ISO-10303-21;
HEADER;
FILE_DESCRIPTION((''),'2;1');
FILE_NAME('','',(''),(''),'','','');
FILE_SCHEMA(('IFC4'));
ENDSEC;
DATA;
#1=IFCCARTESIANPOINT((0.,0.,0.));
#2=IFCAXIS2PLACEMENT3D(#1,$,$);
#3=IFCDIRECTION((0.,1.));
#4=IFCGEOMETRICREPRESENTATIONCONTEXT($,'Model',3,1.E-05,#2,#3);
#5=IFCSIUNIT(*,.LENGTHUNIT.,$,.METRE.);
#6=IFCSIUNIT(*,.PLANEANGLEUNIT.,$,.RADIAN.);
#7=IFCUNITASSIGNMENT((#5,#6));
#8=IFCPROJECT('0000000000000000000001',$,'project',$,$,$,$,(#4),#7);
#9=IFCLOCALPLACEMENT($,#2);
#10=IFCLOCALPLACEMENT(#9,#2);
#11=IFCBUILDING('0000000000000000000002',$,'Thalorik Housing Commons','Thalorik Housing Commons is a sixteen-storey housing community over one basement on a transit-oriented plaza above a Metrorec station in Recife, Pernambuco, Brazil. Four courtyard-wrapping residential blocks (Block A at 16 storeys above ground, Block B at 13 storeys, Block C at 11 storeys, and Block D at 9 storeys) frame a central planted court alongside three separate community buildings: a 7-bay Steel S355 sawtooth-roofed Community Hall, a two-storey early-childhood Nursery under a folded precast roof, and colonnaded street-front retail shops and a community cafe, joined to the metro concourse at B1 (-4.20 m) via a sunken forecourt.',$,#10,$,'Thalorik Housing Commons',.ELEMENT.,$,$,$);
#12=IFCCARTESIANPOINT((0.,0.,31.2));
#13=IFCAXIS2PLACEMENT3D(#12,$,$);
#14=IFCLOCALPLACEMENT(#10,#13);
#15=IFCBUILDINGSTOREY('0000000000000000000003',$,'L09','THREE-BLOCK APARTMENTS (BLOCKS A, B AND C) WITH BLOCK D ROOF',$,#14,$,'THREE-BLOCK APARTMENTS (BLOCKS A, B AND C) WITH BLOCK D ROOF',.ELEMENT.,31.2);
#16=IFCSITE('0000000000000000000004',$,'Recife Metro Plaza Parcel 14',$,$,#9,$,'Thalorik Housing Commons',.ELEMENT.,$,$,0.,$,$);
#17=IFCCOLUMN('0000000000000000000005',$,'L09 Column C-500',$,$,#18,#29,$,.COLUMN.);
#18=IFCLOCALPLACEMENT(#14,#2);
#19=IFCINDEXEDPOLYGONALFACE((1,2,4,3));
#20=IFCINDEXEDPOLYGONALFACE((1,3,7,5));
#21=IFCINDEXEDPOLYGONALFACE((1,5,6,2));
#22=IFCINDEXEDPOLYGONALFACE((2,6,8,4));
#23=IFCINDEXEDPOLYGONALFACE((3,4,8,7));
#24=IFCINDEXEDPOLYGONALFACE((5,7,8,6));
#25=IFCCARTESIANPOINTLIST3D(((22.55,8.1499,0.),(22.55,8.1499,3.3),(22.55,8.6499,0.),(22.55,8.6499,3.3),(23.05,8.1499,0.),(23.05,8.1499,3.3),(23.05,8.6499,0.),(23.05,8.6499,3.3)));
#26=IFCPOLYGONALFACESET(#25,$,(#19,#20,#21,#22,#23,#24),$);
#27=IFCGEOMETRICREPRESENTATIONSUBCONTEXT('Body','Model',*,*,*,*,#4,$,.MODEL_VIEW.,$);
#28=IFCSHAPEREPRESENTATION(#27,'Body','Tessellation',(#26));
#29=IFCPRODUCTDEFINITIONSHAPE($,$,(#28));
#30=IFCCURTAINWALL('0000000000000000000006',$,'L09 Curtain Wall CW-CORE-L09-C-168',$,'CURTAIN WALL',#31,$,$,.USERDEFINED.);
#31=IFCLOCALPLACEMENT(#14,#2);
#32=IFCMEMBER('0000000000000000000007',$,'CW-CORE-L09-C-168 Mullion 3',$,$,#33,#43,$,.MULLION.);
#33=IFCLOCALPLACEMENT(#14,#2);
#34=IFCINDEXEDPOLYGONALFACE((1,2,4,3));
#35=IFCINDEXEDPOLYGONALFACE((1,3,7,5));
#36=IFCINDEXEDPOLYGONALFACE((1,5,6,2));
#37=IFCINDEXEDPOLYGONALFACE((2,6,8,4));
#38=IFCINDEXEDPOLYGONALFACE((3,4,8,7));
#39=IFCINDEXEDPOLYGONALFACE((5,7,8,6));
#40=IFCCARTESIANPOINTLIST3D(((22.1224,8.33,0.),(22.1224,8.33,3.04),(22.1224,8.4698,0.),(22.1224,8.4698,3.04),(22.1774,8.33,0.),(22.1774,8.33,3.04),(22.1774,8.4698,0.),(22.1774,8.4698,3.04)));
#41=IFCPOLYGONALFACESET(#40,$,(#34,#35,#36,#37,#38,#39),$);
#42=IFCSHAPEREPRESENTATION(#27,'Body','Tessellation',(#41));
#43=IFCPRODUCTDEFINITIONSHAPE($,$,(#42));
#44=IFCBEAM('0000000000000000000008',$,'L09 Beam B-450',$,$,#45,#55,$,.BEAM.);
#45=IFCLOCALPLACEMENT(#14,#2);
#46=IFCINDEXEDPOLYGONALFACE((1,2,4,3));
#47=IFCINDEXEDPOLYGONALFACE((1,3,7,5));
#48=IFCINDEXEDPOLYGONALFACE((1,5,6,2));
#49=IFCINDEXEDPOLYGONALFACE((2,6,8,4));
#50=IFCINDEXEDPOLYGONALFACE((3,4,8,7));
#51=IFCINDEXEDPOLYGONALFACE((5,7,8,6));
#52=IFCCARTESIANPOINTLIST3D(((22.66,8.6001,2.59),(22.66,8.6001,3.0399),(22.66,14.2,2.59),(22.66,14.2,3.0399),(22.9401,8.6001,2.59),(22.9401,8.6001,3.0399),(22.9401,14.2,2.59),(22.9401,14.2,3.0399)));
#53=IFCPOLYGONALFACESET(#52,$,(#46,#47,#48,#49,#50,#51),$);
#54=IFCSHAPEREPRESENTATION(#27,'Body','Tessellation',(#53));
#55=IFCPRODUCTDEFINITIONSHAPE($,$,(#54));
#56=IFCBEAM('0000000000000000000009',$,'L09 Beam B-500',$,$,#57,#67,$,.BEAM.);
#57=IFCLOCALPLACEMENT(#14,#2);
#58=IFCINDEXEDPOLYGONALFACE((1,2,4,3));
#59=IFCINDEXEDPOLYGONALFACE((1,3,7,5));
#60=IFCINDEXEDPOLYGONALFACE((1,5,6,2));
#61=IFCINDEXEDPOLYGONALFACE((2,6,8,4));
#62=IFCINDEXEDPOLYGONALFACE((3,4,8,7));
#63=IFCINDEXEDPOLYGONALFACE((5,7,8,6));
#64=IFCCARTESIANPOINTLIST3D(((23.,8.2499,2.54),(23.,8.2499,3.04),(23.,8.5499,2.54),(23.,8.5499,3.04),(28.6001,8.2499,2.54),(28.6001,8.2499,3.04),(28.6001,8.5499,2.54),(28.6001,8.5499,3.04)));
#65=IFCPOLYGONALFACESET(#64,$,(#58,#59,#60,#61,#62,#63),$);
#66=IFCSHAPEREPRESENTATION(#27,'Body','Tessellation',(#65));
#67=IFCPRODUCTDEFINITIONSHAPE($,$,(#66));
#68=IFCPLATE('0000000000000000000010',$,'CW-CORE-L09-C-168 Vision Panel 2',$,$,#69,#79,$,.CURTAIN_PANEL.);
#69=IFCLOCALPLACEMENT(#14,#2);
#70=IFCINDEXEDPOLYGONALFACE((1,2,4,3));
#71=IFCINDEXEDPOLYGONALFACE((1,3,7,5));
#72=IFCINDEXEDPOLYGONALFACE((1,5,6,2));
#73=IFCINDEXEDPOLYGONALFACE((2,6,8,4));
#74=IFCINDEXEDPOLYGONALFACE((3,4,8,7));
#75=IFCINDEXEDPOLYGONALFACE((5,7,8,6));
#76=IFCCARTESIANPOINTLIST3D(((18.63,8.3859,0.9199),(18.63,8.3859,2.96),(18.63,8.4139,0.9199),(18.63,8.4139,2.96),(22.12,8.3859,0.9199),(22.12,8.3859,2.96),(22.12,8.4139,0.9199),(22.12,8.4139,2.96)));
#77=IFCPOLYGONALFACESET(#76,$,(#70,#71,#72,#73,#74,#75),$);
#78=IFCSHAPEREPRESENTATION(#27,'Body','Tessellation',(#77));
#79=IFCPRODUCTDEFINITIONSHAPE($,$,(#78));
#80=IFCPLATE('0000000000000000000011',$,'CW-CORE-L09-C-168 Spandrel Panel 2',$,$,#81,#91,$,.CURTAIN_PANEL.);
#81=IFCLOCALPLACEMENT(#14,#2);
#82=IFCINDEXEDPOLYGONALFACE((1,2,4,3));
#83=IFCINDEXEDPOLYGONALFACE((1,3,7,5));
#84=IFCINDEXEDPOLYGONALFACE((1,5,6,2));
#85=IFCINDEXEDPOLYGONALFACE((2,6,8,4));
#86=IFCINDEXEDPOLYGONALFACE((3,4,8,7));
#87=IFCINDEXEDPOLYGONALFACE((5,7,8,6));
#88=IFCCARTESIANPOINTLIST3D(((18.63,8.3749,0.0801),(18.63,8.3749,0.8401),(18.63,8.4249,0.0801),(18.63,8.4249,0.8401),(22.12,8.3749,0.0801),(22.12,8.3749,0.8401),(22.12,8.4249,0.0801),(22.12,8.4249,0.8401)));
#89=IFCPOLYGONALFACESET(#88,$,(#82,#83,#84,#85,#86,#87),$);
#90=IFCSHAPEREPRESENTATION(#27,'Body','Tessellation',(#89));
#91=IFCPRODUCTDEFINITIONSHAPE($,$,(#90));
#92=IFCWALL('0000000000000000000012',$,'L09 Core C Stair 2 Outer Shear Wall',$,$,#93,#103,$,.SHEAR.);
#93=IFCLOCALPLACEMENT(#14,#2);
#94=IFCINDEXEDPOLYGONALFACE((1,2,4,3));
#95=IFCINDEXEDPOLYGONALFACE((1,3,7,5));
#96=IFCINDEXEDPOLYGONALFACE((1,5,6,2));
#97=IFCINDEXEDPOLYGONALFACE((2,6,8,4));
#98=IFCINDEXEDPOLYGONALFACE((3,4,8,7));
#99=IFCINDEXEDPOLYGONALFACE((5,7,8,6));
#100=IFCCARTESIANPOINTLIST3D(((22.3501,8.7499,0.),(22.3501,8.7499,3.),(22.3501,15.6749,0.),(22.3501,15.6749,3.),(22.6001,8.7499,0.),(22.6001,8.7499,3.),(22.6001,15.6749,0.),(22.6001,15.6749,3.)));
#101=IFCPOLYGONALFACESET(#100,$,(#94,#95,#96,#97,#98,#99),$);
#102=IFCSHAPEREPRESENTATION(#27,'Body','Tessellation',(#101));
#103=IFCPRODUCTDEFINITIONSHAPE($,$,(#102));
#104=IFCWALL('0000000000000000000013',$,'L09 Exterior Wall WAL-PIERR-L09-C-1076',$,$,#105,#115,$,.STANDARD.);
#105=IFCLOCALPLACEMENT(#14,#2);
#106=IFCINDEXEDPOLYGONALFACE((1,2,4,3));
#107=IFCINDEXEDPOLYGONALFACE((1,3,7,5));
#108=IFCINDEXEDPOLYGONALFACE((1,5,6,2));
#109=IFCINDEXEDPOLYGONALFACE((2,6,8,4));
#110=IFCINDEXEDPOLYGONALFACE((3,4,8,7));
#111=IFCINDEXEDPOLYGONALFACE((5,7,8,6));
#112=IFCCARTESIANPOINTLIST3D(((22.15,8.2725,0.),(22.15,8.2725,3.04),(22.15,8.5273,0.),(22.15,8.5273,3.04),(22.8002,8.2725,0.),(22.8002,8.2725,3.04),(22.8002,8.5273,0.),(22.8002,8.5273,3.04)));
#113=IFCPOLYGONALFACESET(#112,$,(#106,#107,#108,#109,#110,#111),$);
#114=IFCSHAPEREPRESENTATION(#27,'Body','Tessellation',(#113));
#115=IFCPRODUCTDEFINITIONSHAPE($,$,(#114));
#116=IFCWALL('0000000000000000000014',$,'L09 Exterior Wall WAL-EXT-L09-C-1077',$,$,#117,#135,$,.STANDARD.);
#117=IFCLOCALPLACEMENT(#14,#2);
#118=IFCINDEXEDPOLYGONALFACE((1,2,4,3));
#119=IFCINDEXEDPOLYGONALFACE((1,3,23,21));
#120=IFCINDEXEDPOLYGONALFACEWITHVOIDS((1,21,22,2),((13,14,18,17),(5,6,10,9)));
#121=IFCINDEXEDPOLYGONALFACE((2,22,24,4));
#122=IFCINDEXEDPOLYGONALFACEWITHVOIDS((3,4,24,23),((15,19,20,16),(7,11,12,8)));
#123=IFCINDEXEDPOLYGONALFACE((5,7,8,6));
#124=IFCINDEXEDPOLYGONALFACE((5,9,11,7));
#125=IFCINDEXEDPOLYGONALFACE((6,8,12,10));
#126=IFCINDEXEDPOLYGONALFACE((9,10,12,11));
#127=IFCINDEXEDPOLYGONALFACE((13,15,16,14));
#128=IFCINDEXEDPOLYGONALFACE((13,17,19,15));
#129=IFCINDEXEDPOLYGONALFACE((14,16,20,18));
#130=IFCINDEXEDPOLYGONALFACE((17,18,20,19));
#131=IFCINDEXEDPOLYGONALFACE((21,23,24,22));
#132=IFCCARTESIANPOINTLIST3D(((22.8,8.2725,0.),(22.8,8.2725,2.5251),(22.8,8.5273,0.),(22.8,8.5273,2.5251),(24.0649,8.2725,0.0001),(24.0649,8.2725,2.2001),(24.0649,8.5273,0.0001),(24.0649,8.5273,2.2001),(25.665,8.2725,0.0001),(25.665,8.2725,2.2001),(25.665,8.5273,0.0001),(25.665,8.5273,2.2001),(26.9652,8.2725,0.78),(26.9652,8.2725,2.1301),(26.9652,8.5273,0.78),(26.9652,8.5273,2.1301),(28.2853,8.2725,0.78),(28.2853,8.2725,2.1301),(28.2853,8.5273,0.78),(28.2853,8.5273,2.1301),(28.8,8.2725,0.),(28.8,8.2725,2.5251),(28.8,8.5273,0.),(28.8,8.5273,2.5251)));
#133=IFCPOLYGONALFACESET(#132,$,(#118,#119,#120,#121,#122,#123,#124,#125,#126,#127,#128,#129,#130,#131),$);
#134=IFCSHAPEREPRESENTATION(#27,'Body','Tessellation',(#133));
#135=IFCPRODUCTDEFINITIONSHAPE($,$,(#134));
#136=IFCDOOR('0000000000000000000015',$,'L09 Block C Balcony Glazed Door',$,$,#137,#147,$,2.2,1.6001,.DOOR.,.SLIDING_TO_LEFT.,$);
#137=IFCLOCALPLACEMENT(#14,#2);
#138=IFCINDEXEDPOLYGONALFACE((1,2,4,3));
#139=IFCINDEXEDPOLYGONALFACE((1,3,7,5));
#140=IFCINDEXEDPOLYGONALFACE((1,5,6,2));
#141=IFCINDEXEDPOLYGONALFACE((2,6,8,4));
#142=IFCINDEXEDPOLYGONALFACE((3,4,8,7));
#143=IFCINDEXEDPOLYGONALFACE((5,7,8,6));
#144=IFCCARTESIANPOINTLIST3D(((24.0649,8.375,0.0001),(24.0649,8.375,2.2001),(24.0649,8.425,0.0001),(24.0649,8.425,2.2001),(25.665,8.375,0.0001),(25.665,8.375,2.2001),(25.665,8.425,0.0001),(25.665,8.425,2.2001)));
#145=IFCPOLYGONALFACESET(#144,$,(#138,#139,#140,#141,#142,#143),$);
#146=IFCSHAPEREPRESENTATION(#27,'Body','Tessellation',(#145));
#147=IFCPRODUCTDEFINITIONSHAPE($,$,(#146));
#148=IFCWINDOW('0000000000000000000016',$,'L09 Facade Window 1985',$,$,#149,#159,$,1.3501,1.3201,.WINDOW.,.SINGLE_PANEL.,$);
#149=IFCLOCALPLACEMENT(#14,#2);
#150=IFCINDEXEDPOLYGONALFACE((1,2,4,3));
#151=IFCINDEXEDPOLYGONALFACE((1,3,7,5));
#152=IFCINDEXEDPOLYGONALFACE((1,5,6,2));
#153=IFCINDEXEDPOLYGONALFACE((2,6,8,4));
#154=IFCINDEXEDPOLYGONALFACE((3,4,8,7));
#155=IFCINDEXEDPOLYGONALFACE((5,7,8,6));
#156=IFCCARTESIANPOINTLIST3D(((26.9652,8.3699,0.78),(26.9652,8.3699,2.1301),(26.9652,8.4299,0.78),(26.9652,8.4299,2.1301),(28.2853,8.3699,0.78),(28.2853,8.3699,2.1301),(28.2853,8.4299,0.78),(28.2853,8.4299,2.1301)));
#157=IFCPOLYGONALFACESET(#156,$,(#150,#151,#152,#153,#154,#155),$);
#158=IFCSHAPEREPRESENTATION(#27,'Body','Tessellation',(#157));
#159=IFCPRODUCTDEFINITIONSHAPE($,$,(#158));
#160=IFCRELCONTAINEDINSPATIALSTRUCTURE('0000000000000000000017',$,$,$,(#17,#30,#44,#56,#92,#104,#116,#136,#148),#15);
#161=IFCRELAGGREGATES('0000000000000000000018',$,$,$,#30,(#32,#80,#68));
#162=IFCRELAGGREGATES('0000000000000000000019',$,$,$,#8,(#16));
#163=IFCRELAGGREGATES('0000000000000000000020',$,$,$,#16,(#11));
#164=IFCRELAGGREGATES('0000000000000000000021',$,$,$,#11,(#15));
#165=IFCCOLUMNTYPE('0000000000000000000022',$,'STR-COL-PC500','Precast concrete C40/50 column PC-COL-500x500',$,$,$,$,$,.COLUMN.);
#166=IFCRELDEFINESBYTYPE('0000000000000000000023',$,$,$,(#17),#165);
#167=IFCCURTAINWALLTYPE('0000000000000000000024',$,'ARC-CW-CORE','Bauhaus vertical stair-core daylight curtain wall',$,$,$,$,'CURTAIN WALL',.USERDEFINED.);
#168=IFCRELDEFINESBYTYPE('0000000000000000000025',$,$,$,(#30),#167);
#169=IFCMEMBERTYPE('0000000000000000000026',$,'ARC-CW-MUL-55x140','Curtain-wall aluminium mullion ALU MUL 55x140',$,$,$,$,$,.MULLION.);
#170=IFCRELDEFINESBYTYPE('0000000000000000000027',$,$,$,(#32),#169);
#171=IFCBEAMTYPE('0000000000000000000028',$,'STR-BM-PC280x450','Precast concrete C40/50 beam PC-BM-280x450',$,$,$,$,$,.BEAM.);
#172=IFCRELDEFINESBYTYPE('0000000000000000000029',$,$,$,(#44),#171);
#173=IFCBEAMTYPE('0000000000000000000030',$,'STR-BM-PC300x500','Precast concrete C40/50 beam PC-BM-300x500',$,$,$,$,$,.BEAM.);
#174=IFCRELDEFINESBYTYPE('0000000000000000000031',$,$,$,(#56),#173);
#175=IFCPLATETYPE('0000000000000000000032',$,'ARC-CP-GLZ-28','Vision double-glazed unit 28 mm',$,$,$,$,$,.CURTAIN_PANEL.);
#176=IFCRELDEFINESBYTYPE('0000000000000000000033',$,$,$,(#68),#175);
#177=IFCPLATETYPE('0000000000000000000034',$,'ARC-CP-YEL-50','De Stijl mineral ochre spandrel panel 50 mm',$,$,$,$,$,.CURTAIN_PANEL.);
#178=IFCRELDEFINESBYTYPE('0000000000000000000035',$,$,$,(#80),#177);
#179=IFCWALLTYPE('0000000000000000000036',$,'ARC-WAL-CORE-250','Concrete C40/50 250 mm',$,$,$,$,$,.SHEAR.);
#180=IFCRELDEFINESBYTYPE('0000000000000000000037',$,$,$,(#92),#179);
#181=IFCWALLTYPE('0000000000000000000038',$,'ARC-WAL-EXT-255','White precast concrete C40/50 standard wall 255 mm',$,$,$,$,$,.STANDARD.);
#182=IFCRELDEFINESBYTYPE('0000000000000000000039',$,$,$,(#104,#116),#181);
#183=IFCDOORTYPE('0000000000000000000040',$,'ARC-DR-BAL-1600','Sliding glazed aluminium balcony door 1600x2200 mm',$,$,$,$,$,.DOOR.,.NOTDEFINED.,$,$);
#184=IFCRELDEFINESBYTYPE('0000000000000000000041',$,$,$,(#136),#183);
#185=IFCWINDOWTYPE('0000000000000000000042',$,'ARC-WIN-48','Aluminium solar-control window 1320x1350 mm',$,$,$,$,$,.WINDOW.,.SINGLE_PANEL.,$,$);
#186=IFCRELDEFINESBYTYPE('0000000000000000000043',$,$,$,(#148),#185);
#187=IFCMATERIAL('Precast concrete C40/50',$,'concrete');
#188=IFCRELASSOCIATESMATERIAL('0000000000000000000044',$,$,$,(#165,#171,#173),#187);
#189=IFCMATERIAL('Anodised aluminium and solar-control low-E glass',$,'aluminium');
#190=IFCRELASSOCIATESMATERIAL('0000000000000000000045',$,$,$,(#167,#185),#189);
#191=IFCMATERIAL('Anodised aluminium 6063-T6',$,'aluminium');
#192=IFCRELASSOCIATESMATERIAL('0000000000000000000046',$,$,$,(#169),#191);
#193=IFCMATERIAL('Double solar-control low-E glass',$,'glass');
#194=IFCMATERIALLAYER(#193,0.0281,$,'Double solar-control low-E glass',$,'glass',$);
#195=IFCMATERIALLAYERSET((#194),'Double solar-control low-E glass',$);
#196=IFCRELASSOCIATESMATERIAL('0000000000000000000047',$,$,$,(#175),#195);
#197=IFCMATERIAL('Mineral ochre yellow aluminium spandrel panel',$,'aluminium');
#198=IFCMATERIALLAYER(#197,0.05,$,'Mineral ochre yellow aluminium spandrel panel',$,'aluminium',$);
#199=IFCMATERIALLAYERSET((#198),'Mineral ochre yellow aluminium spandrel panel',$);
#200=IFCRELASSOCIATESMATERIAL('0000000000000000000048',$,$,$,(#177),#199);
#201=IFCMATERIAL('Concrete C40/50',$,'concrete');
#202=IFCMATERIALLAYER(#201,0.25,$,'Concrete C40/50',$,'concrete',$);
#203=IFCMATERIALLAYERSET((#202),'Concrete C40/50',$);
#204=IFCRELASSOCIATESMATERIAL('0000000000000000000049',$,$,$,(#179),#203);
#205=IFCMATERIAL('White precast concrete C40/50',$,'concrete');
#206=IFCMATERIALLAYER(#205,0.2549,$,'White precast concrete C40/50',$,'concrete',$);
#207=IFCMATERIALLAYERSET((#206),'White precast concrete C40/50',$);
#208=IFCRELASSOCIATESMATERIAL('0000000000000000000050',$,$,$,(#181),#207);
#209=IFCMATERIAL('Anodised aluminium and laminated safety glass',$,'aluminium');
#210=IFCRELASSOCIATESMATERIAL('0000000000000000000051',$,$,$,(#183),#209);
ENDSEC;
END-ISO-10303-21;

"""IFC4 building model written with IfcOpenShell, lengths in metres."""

from ifc_helpers import new_model, si_unit, direction, frame, frame_2d, origin, origin_2d, place, context, subcontext, project, spatial, rectangle, extrude, material, layer, layer_set, material_profile, profile_set, type_object, element, fill, aggregate, save


model = new_model("IFC4")

# Units and contexts
model_context = context("Model", 3, precision=1e-05, world=origin(), true_north=direction((0.0, 1.0)))
body_context = subcontext(model_context, "Body", "Model", "MODEL_VIEW")
ifc_project = project(units=[si_unit("LENGTHUNIT", "METRE"), si_unit("PLANEANGLEUNIT", "RADIAN")], contexts=[model_context])

# Site, building, storey
site_placement = place(None, origin())
site = spatial("IfcSite", under=ifc_project, at=site_placement, Name="Recife Metro Plaza Parcel 14", LongName="Thalorik Housing Commons", CompositionType="ELEMENT", RefElevation=0.0)
building_placement = place(site_placement, origin())
building = spatial("IfcBuilding", under=site, at=building_placement, Name="Thalorik Housing Commons", Description="Thalorik Housing Commons is a sixteen-storey housing community over one basement on a transit-oriented plaza above a Metrorec station in Recife, Pernambuco, Brazil. Four courtyard-wrapping residential blocks (Block A at 16 storeys above ground, Block B at 13 storeys, Block C at 11 storeys, and Block D at 9 storeys) frame a central planted court alongside three separate community buildings: a 7-bay Steel S355 sawtooth-roofed Community Hall, a two-storey early-childhood Nursery under a folded precast roof, and colonnaded street-front retail shops and a community cafe, joined to the metro concourse at B1 (-4.20 m) via a sunken forecourt.", LongName="Thalorik Housing Commons", CompositionType="ELEMENT")
storey_placement = place(building_placement, frame((0.0, 0.0, 31.2)))
storey = spatial("IfcBuildingStorey", under=building, at=storey_placement, Name="L09", Description="THREE-BLOCK APARTMENTS (BLOCKS A, B AND C) WITH BLOCK D ROOF", LongName="THREE-BLOCK APARTMENTS (BLOCKS A, B AND C) WITH BLOCK D ROOF", CompositionType="ELEMENT", Elevation=31.2)

# Column
ifc_material_1 = material(Name="Precast concrete C40/50", Category="concrete")
ifc_material_profile_1 = material_profile(ifc_material_1, rectangle(XDim=0.5, YDim=0.5, at=origin_2d()), Name="PC 500x500", Category="concrete")
ifc_profile_set_1 = profile_set([ifc_material_profile_1], Name="Precast concrete C40/50")
column_type = type_object("IfcColumnType", Name="STR-COL-PC500", Description="Precast concrete C40/50 column PC-COL-500x500", PredefinedType="COLUMN", material=ifc_profile_set_1)
column_placement = place(storey_placement, frame((22.8, 8.3999, 0.0), z_axis=(0.0, 0.0, 1.0), x_axis=(1.0, 0.0, 0.0)))
element("IfcColumn", 1, at=column_placement, inside=storey, type_object=column_type, Name="L09 Column C-500", PredefinedType="COLUMN", context=body_context, shape_type="SweptSolid", body=[
    extrude(rectangle(XDim=0.5, YDim=0.5, at=origin_2d()), origin(), (0.0, 0.0, 1.0), 3.3),
])

# Curtain wall, member
ifc_material_2 = material(Name="Anodised aluminium and solar-control low-E glass", Category="aluminium")
curtain_wall_type = type_object("IfcCurtainWallType", Name="ARC-CW-CORE", Description="Bauhaus vertical stair-core daylight curtain wall", ElementType="CURTAIN WALL", PredefinedType="USERDEFINED", material=ifc_material_2)
curtain_wall_placement = place(storey_placement, origin())
curtain_wall = element("IfcCurtainWall", 2, at=curtain_wall_placement, inside=storey, type_object=curtain_wall_type, Name="L09 Curtain Wall CW-CORE-L09-C-168", ObjectType="CURTAIN WALL", PredefinedType="USERDEFINED")
ifc_material_3 = material(Name="Anodised aluminium 6063-T6", Category="aluminium")
ifc_material_profile_2 = material_profile(ifc_material_3, rectangle(XDim=0.0549, YDim=0.1399, at=origin_2d()), Name="ALU MUL 55x140", Category="aluminium")
ifc_profile_set_2 = profile_set([ifc_material_profile_2], Name="Anodised aluminium 6063-T6")
member_type = type_object("IfcMemberType", Name="ARC-CW-MUL-55x140", Description="Curtain-wall aluminium mullion ALU MUL 55x140", PredefinedType="MULLION", material=ifc_profile_set_2)
member_placement = place(storey_placement, frame((22.1499, 8.3999, 0.0), z_axis=(0.0, 0.0, 1.0), x_axis=(1.0, 0.0, 0.0)))
member = element("IfcMember", 3, at=member_placement, type_object=member_type, Name="CW-CORE-L09-C-168 Mullion 3", PredefinedType="MULLION", context=body_context, shape_type="SweptSolid", body=[
    extrude(rectangle(XDim=0.0549, YDim=0.1399, at=origin_2d()), origin(), (0.0, 0.0, 1.0), 3.04),
])

# Beams
ifc_material_profile_3 = material_profile(ifc_material_1, rectangle(XDim=0.28, YDim=0.45, at=origin_2d()), Name="PC 280x450", Category="concrete")
ifc_profile_set_3 = profile_set([ifc_material_profile_3], Name="Precast concrete C40/50")
beam_type_1 = type_object("IfcBeamType", Name="STR-BM-PC280x450", Description="Precast concrete C40/50 beam PC-BM-280x450", PredefinedType="BEAM", material=ifc_profile_set_3)
beam_1_placement = place(storey_placement, frame((22.8, 8.6001, 2.8149), z_axis=(0.0, 1.0, 0.0), x_axis=(-1.0, 0.0, 0.0)))
element("IfcBeam", 4, at=beam_1_placement, inside=storey, type_object=beam_type_1, Name="L09 Beam B-450", PredefinedType="BEAM", context=body_context, shape_type="SweptSolid", body=[
    extrude(rectangle(XDim=0.28, YDim=0.45, at=origin_2d()), origin(), (0.0, 0.0, 1.0), 5.5999),
])
ifc_material_profile_4 = material_profile(ifc_material_1, rectangle(XDim=0.3, YDim=0.5, at=origin_2d()), Name="PC 300x500", Category="concrete")
ifc_profile_set_4 = profile_set([ifc_material_profile_4], Name="Precast concrete C40/50")
beam_type_2 = type_object("IfcBeamType", Name="STR-BM-PC300x500", Description="Precast concrete C40/50 beam PC-BM-300x500", PredefinedType="BEAM", material=ifc_profile_set_4)
beam_2_placement = place(storey_placement, frame((23.0, 8.3999, 2.79), z_axis=(1.0, 0.0, 0.0), x_axis=(0.0, 1.0, 0.0)))
element("IfcBeam", 5, at=beam_2_placement, inside=storey, type_object=beam_type_2, Name="L09 Beam B-500", PredefinedType="BEAM", context=body_context, shape_type="SweptSolid", body=[
    extrude(rectangle(XDim=0.3, YDim=0.5, at=origin_2d()), origin(), (0.0, 0.0, 1.0), 5.6001),
])

# Plates
ifc_material_4 = material(Name="Double solar-control low-E glass", Category="glass")
ifc_layer_1 = layer(ifc_material_4, 0.0281, Name="Double solar-control low-E glass", Category="glass")
ifc_layer_set_1 = layer_set([ifc_layer_1], Name="Double solar-control low-E glass")
plate_type_1 = type_object("IfcPlateType", Name="ARC-CP-GLZ-28", Description="Vision double-glazed unit 28 mm", PredefinedType="CURTAIN_PANEL", material=ifc_layer_set_1)
plate_1_placement = place(storey_placement, frame((20.375, 8.3999, 0.9199), z_axis=(0.0, 0.0, 1.0), x_axis=(1.0, 0.0, 0.0)))
plate_1 = element("IfcPlate", 6, at=plate_1_placement, type_object=plate_type_1, Name="CW-CORE-L09-C-168 Vision Panel 2", PredefinedType="CURTAIN_PANEL", context=body_context, shape_type="SweptSolid", body=[
    extrude(rectangle(XDim=3.49, YDim=0.0281, at=origin_2d()), origin(), (0.0, 0.0, 1.0), 2.04),
])
ifc_material_5 = material(Name="Mineral ochre yellow aluminium spandrel panel", Category="aluminium")
ifc_layer_2 = layer(ifc_material_5, 0.05, Name="Mineral ochre yellow aluminium spandrel panel", Category="aluminium")
ifc_layer_set_2 = layer_set([ifc_layer_2], Name="Mineral ochre yellow aluminium spandrel panel")
plate_type_2 = type_object("IfcPlateType", Name="ARC-CP-YEL-50", Description="De Stijl mineral ochre spandrel panel 50 mm", PredefinedType="CURTAIN_PANEL", material=ifc_layer_set_2)
plate_2_placement = place(storey_placement, frame((20.375, 8.3999, 0.0801), z_axis=(0.0, 0.0, 1.0), x_axis=(1.0, 0.0, 0.0)))
plate_2 = element("IfcPlate", 7, at=plate_2_placement, type_object=plate_type_2, Name="CW-CORE-L09-C-168 Spandrel Panel 2", PredefinedType="CURTAIN_PANEL", context=body_context, shape_type="SweptSolid", body=[
    extrude(rectangle(XDim=3.49, YDim=0.05, at=origin_2d()), origin(), (0.0, 0.0, 1.0), 0.76),
])
aggregate(curtain_wall, [member, plate_2, plate_1])

# Walls
ifc_material_6 = material(Name="Concrete C40/50", Category="concrete")
ifc_layer_3 = layer(ifc_material_6, 0.25, Name="Concrete C40/50", Category="concrete")
ifc_layer_set_3 = layer_set([ifc_layer_3], Name="Concrete C40/50")
wall_type_1 = type_object("IfcWallType", Name="ARC-WAL-CORE-250", Description="Concrete C40/50 250 mm", PredefinedType="SHEAR", material=ifc_layer_set_3)
wall_1_placement = place(storey_placement, frame((22.4751, 8.75, 0.0), z_axis=(0.0, 0.0, 1.0), x_axis=(0.0, 1.0, 0.0)))
element("IfcWall", 8, at=wall_1_placement, inside=storey, type_object=wall_type_1, Name="L09 Core C Stair 2 Outer Shear Wall", PredefinedType="SHEAR", context=body_context, shape_type="SweptSolid", body=[
    extrude(rectangle(XDim=6.925, YDim=0.25, at=frame_2d((3.4624, 0.0))), origin(), (0.0, 0.0, 1.0), 3.0),
])
ifc_material_7 = material(Name="White precast concrete C40/50", Category="concrete")
ifc_layer_4 = layer(ifc_material_7, 0.2549, Name="White precast concrete C40/50", Category="concrete")
ifc_layer_set_4 = layer_set([ifc_layer_4], Name="White precast concrete C40/50")
wall_type_2 = type_object("IfcWallType", Name="ARC-WAL-EXT-255", Description="White precast concrete C40/50 standard wall 255 mm", PredefinedType="STANDARD", material=ifc_layer_set_4)
wall_2_placement = place(storey_placement, frame((22.1499, 8.3999, 0.0), z_axis=(0.0, 0.0, 1.0), x_axis=(1.0, 0.0, 0.0)))
element("IfcWall", 9, at=wall_2_placement, inside=storey, type_object=wall_type_2, Name="L09 Exterior Wall WAL-PIERR-L09-C-1076", PredefinedType="STANDARD", context=body_context, shape_type="SweptSolid", body=[
    extrude(rectangle(XDim=0.6501, YDim=0.2549, at=frame_2d((0.3252, 0.0))), origin(), (0.0, 0.0, 1.0), 3.04),
])

# Wall, openings, door, window
wall_3_placement = place(storey_placement, frame((22.8, 8.3999, 0.0), z_axis=(0.0, 0.0, 1.0), x_axis=(1.0, 0.0, 0.0)))
wall_3 = element("IfcWall", 10, at=wall_3_placement, inside=storey, type_object=wall_type_2, Name="L09 Exterior Wall WAL-EXT-L09-C-1077", PredefinedType="STANDARD", context=body_context, shape_type="SweptSolid", body=[
    extrude(rectangle(XDim=6.0, YDim=0.2549, at=frame_2d((3.0, 0.0))), origin(), (0.0, 0.0, 1.0), 2.5251),
])
opening_1_placement = place(wall_3_placement, frame((1.2649, 0.0, 0.0)))
opening_1 = element("IfcOpeningElement", 11, at=opening_1_placement, cuts=wall_3, PredefinedType="OPENING", context=body_context, shape_type="SweptSolid", body=[
    extrude(rectangle(XDim=1.6001, YDim=2.2, at=frame_2d((0.8, 1.1001))), frame((0.0, 0.1375, 0.0), z_axis=(0.0, -1.0, 0.0), x_axis=(1.0, 0.0, 0.0)), (0.0, 0.0, 1.0), 0.2749),
])
opening_2_placement = place(wall_3_placement, frame((4.165, 0.0, 0.78)))
opening_2 = element("IfcOpeningElement", 12, at=opening_2_placement, cuts=wall_3, PredefinedType="OPENING", context=body_context, shape_type="SweptSolid", body=[
    extrude(rectangle(XDim=1.3201, YDim=1.3501, at=frame_2d((0.6602, 0.675))), frame((0.0, 0.1375, 0.0), z_axis=(0.0, -1.0, 0.0), x_axis=(1.0, 0.0, 0.0)), (0.0, 0.0, 1.0), 0.2749),
])
ifc_material_8 = material(Name="Anodised aluminium and laminated safety glass", Category="aluminium")
door_type = type_object("IfcDoorType", Name="ARC-DR-BAL-1600", Description="Sliding glazed aluminium balcony door 1600x2200 mm", OperationType="NOTDEFINED", PredefinedType="DOOR", material=ifc_material_8)
door_placement = place(opening_1_placement, frame((1.6001, 0.0, 0.0), z_axis=(0.0, 0.0, 1.0), x_axis=(-1.0, 0.0, 0.0)))
door = element("IfcDoor", 13, at=door_placement, inside=storey, type_object=door_type, Name="L09 Block C Balcony Glazed Door", OperationType="SLIDING_TO_LEFT", OverallHeight=2.2, OverallWidth=1.6001, PredefinedType="DOOR", context=body_context, shape_type="SweptSolid", body=[
    extrude(rectangle(XDim=1.6001, YDim=2.2, at=frame_2d((0.8, 1.1001))), frame((0.0, 0.0249, 0.0), z_axis=(0.0, -1.0, 0.0), x_axis=(1.0, 0.0, 0.0)), (0.0, 0.0, 1.0), 0.05),
])
fill(opening_1, door)
window_type = type_object("IfcWindowType", Name="ARC-WIN-48", Description="Aluminium solar-control window 1320x1350 mm", PartitioningType="SINGLE_PANEL", PredefinedType="WINDOW", material=ifc_material_2)
window_placement = place(opening_2_placement, origin())
window = element("IfcWindow", 14, at=window_placement, inside=storey, type_object=window_type, Name="L09 Facade Window 1985", OverallHeight=1.3501, OverallWidth=1.3201, PartitioningType="SINGLE_PANEL", PredefinedType="WINDOW", context=body_context, shape_type="SweptSolid", body=[
    extrude(rectangle(XDim=1.3201, YDim=1.3501, at=frame_2d((0.6602, 0.675))), frame((0.0, 0.03, 0.0), z_axis=(0.0, -1.0, 0.0), x_axis=(1.0, 0.0, 0.0)), (0.0, 0.0, 1.0), 0.0601),
])
fill(opening_2, window)

save(model, "model.ifc")
